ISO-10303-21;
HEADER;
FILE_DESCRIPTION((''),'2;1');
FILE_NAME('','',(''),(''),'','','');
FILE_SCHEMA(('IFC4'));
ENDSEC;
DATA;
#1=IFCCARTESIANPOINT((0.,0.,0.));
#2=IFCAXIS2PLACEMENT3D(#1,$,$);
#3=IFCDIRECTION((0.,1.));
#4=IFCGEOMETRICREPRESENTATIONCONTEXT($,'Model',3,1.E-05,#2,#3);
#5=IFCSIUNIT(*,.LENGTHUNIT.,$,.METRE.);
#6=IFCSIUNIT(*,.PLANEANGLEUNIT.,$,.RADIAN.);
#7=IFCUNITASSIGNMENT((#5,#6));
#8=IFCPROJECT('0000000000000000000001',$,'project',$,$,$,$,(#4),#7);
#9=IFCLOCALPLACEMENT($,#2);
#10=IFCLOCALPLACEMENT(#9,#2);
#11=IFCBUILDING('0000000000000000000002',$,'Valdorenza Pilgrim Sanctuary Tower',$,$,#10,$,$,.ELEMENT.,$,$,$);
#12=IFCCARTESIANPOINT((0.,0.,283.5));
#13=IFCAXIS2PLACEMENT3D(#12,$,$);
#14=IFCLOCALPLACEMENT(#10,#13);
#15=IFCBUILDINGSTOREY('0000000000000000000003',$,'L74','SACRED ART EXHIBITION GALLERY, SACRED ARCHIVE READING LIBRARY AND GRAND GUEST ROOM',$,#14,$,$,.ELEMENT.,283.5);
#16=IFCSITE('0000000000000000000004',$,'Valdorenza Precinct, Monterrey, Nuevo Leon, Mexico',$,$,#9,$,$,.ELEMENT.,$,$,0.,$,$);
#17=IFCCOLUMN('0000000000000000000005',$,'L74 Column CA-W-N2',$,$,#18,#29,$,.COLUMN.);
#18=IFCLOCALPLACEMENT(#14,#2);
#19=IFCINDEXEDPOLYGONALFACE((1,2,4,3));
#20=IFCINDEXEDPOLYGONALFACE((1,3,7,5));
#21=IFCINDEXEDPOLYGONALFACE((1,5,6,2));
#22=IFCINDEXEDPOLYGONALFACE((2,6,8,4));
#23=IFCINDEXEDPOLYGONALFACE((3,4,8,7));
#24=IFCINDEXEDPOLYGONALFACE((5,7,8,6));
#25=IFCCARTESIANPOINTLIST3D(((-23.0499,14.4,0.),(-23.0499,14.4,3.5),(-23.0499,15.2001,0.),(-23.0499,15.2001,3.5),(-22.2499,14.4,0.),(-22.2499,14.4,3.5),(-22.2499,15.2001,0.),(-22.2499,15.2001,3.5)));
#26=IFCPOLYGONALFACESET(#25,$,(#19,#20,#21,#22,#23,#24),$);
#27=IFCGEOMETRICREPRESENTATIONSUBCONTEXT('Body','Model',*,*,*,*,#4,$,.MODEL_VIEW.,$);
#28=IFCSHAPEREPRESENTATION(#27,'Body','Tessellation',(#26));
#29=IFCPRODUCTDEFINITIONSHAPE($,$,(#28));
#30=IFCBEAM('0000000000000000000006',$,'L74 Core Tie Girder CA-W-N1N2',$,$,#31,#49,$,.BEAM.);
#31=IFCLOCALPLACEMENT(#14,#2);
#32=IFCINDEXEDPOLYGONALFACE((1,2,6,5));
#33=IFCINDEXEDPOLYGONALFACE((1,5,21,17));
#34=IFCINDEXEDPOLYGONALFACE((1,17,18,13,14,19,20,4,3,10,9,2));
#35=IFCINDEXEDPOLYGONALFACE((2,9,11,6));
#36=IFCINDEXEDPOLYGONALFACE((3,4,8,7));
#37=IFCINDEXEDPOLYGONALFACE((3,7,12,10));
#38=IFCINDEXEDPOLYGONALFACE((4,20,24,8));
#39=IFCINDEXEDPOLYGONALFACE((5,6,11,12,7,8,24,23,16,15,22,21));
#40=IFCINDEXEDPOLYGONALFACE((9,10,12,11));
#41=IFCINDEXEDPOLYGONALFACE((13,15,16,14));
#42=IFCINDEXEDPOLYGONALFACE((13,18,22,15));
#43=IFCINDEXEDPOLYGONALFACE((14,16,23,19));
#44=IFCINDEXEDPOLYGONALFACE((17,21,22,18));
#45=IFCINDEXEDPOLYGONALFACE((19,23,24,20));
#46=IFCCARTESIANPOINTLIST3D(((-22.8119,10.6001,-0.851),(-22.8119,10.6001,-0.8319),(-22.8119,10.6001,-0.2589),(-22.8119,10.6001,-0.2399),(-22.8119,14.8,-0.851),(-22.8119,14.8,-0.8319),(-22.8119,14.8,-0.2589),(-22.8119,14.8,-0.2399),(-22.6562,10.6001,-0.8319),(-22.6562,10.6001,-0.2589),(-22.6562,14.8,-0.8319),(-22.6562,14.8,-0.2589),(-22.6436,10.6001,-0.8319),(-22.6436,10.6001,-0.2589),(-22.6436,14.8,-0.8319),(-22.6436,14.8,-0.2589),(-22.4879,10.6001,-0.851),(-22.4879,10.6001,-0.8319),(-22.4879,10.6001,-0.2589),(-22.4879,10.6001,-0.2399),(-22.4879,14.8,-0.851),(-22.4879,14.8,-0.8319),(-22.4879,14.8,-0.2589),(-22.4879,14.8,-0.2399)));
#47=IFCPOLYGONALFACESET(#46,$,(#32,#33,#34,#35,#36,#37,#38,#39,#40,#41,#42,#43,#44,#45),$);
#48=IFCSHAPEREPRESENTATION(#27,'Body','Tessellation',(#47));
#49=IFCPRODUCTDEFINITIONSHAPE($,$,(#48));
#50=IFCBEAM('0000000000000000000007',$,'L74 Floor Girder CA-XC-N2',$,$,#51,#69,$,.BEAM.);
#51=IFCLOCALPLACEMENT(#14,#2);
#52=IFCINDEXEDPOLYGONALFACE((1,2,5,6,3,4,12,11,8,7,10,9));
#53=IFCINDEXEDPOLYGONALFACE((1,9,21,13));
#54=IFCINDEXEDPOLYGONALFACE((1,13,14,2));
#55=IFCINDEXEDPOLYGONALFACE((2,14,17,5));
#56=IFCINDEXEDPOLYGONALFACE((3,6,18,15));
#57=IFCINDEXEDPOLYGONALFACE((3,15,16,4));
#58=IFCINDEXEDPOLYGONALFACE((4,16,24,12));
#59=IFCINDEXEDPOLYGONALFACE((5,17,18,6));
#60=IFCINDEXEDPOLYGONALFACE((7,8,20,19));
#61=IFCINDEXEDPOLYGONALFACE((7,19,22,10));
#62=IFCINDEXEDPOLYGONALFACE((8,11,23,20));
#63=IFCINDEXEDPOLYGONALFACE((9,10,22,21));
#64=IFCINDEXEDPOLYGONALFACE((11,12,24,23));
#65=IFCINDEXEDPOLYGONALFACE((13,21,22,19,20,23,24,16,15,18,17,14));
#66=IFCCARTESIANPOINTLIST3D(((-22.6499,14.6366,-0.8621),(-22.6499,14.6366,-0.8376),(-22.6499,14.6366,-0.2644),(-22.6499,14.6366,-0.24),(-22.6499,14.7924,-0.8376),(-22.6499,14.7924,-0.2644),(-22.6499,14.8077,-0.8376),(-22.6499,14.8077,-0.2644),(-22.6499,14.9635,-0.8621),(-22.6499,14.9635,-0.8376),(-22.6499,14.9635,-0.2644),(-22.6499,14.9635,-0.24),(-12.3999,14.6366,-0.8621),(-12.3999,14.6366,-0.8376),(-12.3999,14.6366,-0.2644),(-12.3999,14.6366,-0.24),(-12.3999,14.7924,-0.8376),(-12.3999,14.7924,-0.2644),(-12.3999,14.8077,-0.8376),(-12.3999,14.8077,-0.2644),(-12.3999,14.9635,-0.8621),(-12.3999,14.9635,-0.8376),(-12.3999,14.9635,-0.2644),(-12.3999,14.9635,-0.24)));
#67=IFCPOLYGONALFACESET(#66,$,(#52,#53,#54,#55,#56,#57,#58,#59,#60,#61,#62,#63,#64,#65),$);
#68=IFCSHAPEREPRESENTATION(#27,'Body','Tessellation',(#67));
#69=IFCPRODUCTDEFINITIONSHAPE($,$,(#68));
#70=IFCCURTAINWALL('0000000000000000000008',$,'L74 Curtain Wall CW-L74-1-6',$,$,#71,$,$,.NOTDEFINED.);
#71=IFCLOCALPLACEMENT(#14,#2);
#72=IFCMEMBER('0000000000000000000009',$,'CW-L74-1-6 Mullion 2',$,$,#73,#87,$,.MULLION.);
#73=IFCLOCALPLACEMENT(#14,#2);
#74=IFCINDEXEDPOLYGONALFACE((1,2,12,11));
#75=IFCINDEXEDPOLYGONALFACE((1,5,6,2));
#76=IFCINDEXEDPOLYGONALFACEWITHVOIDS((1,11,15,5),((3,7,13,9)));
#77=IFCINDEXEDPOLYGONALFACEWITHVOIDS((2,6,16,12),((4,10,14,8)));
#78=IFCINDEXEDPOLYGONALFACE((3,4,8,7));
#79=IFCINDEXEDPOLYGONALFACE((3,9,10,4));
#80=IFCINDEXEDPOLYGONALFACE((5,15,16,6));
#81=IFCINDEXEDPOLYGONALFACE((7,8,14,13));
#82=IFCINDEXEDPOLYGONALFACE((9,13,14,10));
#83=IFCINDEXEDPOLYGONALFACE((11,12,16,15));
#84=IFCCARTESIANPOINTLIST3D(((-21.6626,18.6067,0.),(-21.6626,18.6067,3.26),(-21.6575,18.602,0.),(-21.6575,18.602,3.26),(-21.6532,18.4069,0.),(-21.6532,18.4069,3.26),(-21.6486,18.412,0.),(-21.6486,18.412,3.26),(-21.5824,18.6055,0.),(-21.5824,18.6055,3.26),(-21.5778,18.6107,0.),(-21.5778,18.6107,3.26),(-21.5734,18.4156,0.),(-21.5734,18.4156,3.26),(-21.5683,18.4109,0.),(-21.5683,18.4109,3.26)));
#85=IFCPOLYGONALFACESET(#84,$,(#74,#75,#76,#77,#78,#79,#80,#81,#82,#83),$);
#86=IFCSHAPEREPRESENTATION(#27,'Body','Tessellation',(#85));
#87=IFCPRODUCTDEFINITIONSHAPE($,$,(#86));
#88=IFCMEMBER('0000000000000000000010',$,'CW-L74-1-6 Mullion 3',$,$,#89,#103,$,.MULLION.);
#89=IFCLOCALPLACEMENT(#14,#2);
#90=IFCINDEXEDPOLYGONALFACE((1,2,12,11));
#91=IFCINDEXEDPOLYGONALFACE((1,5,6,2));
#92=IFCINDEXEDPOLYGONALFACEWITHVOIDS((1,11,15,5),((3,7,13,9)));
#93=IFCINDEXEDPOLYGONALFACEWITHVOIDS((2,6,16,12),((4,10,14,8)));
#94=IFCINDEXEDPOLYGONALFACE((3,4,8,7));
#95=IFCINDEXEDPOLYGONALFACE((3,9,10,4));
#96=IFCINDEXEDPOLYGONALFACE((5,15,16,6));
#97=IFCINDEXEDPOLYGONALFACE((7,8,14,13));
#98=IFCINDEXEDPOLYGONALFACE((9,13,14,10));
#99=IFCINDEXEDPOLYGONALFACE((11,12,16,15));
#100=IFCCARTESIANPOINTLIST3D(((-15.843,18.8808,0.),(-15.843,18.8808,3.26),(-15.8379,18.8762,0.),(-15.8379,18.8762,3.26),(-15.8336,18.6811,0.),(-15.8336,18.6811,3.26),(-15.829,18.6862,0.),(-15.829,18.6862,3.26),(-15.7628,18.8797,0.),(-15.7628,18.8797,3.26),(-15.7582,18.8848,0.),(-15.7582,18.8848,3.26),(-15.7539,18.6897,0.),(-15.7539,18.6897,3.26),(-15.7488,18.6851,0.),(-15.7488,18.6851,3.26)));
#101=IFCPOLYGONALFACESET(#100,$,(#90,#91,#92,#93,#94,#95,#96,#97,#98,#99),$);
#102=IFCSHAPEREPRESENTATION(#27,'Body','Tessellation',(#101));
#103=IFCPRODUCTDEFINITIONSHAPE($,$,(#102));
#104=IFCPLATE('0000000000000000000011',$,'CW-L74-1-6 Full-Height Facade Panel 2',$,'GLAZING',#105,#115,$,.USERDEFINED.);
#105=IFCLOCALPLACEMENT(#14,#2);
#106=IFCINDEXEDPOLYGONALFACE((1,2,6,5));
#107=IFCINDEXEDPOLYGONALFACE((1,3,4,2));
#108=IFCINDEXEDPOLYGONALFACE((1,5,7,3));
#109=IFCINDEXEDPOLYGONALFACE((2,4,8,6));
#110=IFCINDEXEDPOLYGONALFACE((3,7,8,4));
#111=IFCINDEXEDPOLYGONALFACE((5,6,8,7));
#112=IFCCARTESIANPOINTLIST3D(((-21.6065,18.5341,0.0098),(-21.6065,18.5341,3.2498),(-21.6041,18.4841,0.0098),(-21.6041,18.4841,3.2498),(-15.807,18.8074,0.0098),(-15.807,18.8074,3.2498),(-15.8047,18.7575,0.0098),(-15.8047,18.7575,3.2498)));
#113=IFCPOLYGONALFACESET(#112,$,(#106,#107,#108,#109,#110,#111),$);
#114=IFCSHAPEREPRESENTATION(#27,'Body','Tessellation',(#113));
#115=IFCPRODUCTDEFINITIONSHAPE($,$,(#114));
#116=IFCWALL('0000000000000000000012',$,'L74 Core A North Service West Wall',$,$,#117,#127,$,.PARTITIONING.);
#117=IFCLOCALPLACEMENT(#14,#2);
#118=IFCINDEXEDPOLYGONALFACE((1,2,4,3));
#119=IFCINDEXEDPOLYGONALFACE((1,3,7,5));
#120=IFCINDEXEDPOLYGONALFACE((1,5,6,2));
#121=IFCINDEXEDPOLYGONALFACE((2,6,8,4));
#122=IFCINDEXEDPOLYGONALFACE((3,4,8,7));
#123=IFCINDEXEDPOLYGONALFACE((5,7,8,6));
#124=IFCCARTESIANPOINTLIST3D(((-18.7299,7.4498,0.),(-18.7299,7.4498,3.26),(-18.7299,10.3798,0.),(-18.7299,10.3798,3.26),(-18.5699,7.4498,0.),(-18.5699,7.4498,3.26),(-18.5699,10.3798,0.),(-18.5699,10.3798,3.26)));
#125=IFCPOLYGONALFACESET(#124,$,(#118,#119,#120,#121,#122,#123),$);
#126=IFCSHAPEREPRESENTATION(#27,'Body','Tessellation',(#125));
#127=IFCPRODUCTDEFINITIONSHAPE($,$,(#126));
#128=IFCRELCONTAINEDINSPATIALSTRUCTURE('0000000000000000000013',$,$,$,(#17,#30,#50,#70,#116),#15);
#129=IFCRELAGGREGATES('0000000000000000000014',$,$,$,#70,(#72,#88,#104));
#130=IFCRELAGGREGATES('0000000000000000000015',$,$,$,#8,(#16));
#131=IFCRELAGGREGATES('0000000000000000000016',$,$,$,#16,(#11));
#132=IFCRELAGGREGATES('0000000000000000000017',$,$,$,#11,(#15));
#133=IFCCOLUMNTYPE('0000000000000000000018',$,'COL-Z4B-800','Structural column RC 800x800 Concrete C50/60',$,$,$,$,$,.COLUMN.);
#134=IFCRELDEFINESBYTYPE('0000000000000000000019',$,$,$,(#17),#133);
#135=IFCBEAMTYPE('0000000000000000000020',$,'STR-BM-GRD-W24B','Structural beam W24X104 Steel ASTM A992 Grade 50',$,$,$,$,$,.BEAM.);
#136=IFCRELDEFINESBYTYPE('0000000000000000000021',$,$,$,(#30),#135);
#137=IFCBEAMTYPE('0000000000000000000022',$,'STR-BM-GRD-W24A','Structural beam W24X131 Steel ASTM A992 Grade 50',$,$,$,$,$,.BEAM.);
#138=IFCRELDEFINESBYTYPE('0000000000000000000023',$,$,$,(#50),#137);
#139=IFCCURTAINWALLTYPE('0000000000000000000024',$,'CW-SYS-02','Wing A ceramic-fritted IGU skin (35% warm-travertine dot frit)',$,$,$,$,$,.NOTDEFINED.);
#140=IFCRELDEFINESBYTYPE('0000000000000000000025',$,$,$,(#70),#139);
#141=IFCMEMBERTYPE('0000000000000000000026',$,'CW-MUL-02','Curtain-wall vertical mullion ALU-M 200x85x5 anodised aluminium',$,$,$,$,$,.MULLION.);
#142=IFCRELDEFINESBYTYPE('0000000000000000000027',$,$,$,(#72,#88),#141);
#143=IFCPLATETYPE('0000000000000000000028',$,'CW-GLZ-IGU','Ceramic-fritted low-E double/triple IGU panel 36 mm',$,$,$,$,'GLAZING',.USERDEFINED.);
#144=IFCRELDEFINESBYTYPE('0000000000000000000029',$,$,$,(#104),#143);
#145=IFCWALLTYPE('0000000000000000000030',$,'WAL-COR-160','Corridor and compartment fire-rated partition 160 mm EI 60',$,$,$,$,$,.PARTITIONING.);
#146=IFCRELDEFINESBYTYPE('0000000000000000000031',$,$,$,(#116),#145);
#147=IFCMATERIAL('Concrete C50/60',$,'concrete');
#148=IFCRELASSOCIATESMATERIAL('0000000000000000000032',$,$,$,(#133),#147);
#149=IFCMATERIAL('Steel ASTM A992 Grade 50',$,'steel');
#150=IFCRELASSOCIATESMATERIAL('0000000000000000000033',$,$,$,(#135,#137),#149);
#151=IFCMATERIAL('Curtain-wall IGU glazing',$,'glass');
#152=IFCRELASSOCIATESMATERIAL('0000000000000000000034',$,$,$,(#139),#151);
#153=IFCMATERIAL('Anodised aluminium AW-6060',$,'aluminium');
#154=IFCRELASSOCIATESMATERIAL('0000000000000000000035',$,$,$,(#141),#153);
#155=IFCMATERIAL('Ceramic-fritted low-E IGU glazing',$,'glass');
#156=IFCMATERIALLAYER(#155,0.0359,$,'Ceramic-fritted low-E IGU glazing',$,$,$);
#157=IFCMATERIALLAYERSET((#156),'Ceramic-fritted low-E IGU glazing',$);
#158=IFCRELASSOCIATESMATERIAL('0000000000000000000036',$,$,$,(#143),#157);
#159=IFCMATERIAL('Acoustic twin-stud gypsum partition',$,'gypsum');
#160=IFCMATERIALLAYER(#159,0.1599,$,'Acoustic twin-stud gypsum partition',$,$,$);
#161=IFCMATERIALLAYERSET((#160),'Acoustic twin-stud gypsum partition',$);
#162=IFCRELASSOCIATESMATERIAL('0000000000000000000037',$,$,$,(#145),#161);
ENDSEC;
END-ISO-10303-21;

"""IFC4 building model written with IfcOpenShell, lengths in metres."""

from ifc_helpers import new_model, si_unit, direction, frame, frame_2d, origin, origin_2d, place, context, subcontext, project, spatial, rectangle, hollow_rectangle, i_section, extrude, source, transform, mapped, material, layer, layer_set, material_profile, profile_set, type_object, element, aggregate, save


model = new_model("IFC4")

# Units and contexts
model_context = context("Model", 3, precision=1e-05, world=origin(), true_north=direction((0.0, 1.0)))
body_context = subcontext(model_context, "Body", "Model", "MODEL_VIEW")
ifc_project = project(units=[si_unit("LENGTHUNIT", "METRE"), si_unit("PLANEANGLEUNIT", "RADIAN")], contexts=[model_context])

# Site, building, storey
site_placement = place(None, origin())
site = spatial("IfcSite", under=ifc_project, at=site_placement, Name="Valdorenza Precinct, Monterrey, Nuevo Leon, Mexico", CompositionType="ELEMENT", RefElevation=0.0)
building_placement = place(site_placement, origin())
building = spatial("IfcBuilding", under=site, at=building_placement, Name="Valdorenza Pilgrim Sanctuary Tower", CompositionType="ELEMENT")
storey_placement = place(building_placement, frame((0.0, 0.0, 283.5)))
storey = spatial("IfcBuildingStorey", under=building, at=storey_placement, Name="L74", Description="SACRED ART EXHIBITION GALLERY, SACRED ARCHIVE READING LIBRARY AND GRAND GUEST ROOM", CompositionType="ELEMENT", Elevation=283.5)

# Column
ifc_material_1 = material(Name="Concrete C50/60", Category="concrete")
ifc_material_profile_1 = material_profile(ifc_material_1, rectangle(XDim=0.8, YDim=0.8, at=origin_2d()), Name="RC 800x800")
ifc_profile_set_1 = profile_set([ifc_material_profile_1], Name="Concrete C50/60")
column_type = type_object("IfcColumnType", Name="COL-Z4B-800", Description="Structural column RC 800x800 Concrete C50/60", PredefinedType="COLUMN", material=ifc_profile_set_1)
shared_shape_1 = source(origin(), body_context, "Body", "SweptSolid", [
    extrude(rectangle(XDim=0.8, YDim=0.8, at=origin_2d()), origin(), (0.0, 0.0, 1.0), 3.5),
])
column_placement = place(storey_placement, frame((-22.6499, 14.8, 0.0), z_axis=(0.0, 0.0, 1.0), x_axis=(1.0, 0.0, 0.0)))
element("IfcColumn", 1, at=column_placement, inside=storey, type_object=column_type, Name="L74 Column CA-W-N2", PredefinedType="COLUMN", context=body_context, shape_type="MappedRepresentation", body=[
    mapped(shared_shape_1, transform((0.0, 0.0, 0.0), x_axis=(1.0, 0.0, 0.0), y_axis=(0.0, 1.0, 0.0), z_axis=(0.0, 0.0, 1.0), scale=1.0)),
])

# Beams
ifc_material_2 = material(Name="Steel ASTM A992 Grade 50", Category="steel")
ifc_material_profile_2 = material_profile(ifc_material_2, i_section(OverallWidth=0.324, OverallDepth=0.6111, WebThickness=0.0127, FlangeThickness=0.019, at=origin_2d()), Name="W24X104")
ifc_profile_set_2 = profile_set([ifc_material_profile_2], Name="Steel ASTM A992 Grade 50")
beam_type_1 = type_object("IfcBeamType", Name="STR-BM-GRD-W24B", Description="Structural beam W24X104 Steel ASTM A992 Grade 50", PredefinedType="BEAM", material=ifc_profile_set_2)
shared_shape_2 = source(origin(), body_context, "Body", "SweptSolid", [
    extrude(i_section(OverallWidth=0.324, OverallDepth=0.6111, WebThickness=0.0127, FlangeThickness=0.019, at=origin_2d()), origin(), (0.0, 0.0, 1.0), 4.2),
])
beam_1_placement = place(storey_placement, frame((-22.6499, 10.6001, -0.5454), z_axis=(0.0, 1.0, 0.0), x_axis=(-1.0, 0.0, 0.0)))
element("IfcBeam", 2, at=beam_1_placement, inside=storey, type_object=beam_type_1, Name="L74 Core Tie Girder CA-W-N1N2", PredefinedType="BEAM", context=body_context, shape_type="MappedRepresentation", body=[
    mapped(shared_shape_2, transform((0.0, 0.0, 0.0), x_axis=(1.0, 0.0, 0.0), y_axis=(0.0, 1.0, 0.0), z_axis=(0.0, 0.0, 1.0), scale=1.0)),
])
ifc_material_profile_3 = material_profile(ifc_material_2, i_section(OverallWidth=0.3269, OverallDepth=0.6221, WebThickness=0.0154, FlangeThickness=0.0244, at=origin_2d()), Name="W24X131")
ifc_profile_set_3 = profile_set([ifc_material_profile_3], Name="Steel ASTM A992 Grade 50")
beam_type_2 = type_object("IfcBeamType", Name="STR-BM-GRD-W24A", Description="Structural beam W24X131 Steel ASTM A992 Grade 50", PredefinedType="BEAM", material=ifc_profile_set_3)
shared_shape_3 = source(origin(), body_context, "Body", "SweptSolid", [
    extrude(i_section(OverallWidth=0.3269, OverallDepth=0.6221, WebThickness=0.0154, FlangeThickness=0.0244, at=origin_2d()), origin(), (0.0, 0.0, 1.0), 10.25),
])
beam_2_placement = place(storey_placement, frame((-22.6499, 14.8, -0.551), z_axis=(1.0, 0.0, 0.0), x_axis=(0.0, 1.0, 0.0)))
element("IfcBeam", 3, at=beam_2_placement, inside=storey, type_object=beam_type_2, Name="L74 Floor Girder CA-XC-N2", PredefinedType="BEAM", context=body_context, shape_type="MappedRepresentation", body=[
    mapped(shared_shape_3, transform((0.0, 0.0, 0.0), x_axis=(1.0, 0.0, 0.0), y_axis=(0.0, 1.0, 0.0), z_axis=(0.0, 0.0, 1.0), scale=1.0)),
])

# Curtain wall, members, plate
ifc_material_3 = material(Name="Curtain-wall IGU glazing", Category="glass")
curtain_wall_type = type_object("IfcCurtainWallType", Name="CW-SYS-02", Description="Wing A ceramic-fritted IGU skin (35% warm-travertine dot frit)", PredefinedType="NOTDEFINED", material=ifc_material_3)
curtain_wall_placement = place(storey_placement, origin())
curtain_wall = element("IfcCurtainWall", 4, at=curtain_wall_placement, inside=storey, type_object=curtain_wall_type, Name="L74 Curtain Wall CW-L74-1-6", PredefinedType="NOTDEFINED")
ifc_material_4 = material(Name="Anodised aluminium AW-6060", Category="aluminium")
ifc_material_profile_4 = material_profile(ifc_material_4, hollow_rectangle(XDim=0.085, YDim=0.2, WallThickness=0.0049, at=origin_2d()), Name="ALU-M 200x85x5")
ifc_profile_set_4 = profile_set([ifc_material_profile_4], Name="Anodised aluminium AW-6060")
member_type = type_object("IfcMemberType", Name="CW-MUL-02", Description="Curtain-wall vertical mullion ALU-M 200x85x5 anodised aluminium", PredefinedType="MULLION", material=ifc_profile_set_4)
shared_shape_4 = source(origin(), body_context, "Body", "SweptSolid", [
    extrude(hollow_rectangle(XDim=0.085, YDim=0.2, WallThickness=0.0049, at=origin_2d()), origin(), (0.0, 0.0, 1.0), 3.26),
])
member_1_placement = place(storey_placement, frame((-21.6155, 18.5088, 0.0), z_axis=(0.0, 0.0, 1.0), x_axis=(0.998891, 0.047089, 0.0)))
member_1 = element("IfcMember", 5, at=member_1_placement, type_object=member_type, Name="CW-L74-1-6 Mullion 2", PredefinedType="MULLION", context=body_context, shape_type="MappedRepresentation", body=[
    mapped(shared_shape_4, transform((0.0, 0.0, 0.0), x_axis=(1.0, 0.0, 0.0), y_axis=(0.0, 1.0, 0.0), z_axis=(0.0, 0.0, 1.0), scale=1.0)),
])
member_2_placement = place(storey_placement, frame((-15.7959, 18.783, 0.0), z_axis=(0.0, 0.0, 1.0), x_axis=(0.998891, 0.047089, 0.0)))
member_2 = element("IfcMember", 6, at=member_2_placement, type_object=member_type, Name="CW-L74-1-6 Mullion 3", PredefinedType="MULLION", context=body_context, shape_type="MappedRepresentation", body=[
    mapped(shared_shape_4, transform((0.0, 0.0, 0.0), x_axis=(1.0, 0.0, 0.0), y_axis=(0.0, 1.0, 0.0), z_axis=(0.0, 0.0, 1.0), scale=1.0)),
])
ifc_material_5 = material(Name="Ceramic-fritted low-E IGU glazing", Category="glass")
ifc_layer_1 = layer(ifc_material_5, 0.0359, Name="Ceramic-fritted low-E IGU glazing")
ifc_layer_set_1 = layer_set([ifc_layer_1], Name="Ceramic-fritted low-E IGU glazing")
plate_type = type_object("IfcPlateType", Name="CW-GLZ-IGU", Description="Ceramic-fritted low-E double/triple IGU panel 36 mm", ElementType="GLAZING", PredefinedType="USERDEFINED", material=ifc_layer_set_1)
shared_shape_5 = source(origin(), body_context, "Body", "SweptSolid", [
    extrude(rectangle(XDim=5.8059, YDim=0.05, at=origin_2d()), origin(), (0.0, 0.0, 1.0), 3.24),
])
plate_placement = place(storey_placement, frame((-18.7056, 18.6458, 0.0098), z_axis=(0.0, 0.0, 1.0), x_axis=(0.998891, 0.047089, 0.0)))
plate = element("IfcPlate", 7, at=plate_placement, type_object=plate_type, Name="CW-L74-1-6 Full-Height Facade Panel 2", ObjectType="GLAZING", PredefinedType="USERDEFINED", context=body_context, shape_type="MappedRepresentation", body=[
    mapped(shared_shape_5, transform((0.0, 0.0, 0.0), x_axis=(1.0, 0.0, 0.0), y_axis=(0.0, 1.0, 0.0), z_axis=(0.0, 0.0, 1.0), scale=1.0)),
])
aggregate(curtain_wall, [member_1, member_2, plate])

# Wall
ifc_material_6 = material(Name="Acoustic twin-stud gypsum partition", Category="gypsum")
ifc_layer_2 = layer(ifc_material_6, 0.1599, Name="Acoustic twin-stud gypsum partition")
ifc_layer_set_2 = layer_set([ifc_layer_2], Name="Acoustic twin-stud gypsum partition")
wall_type_1 = type_object("IfcWallType", Name="WAL-COR-160", Description="Corridor and compartment fire-rated partition 160 mm EI 60", PredefinedType="PARTITIONING", material=ifc_layer_set_2)
wall_1_placement = place(storey_placement, frame((-18.6499, 7.45, 0.0), z_axis=(0.0, 0.0, 1.0), x_axis=(0.0, 1.0, 0.0)))
element("IfcWall", 8, at=wall_1_placement, inside=storey, type_object=wall_type_1, Name="L74 Core A North Service West Wall", PredefinedType="PARTITIONING", context=body_context, shape_type="SweptSolid", body=[
    extrude(rectangle(XDim=2.9299, YDim=0.1599, at=frame_2d((1.4648, 0.0))), origin(), (0.0, 0.0, 1.0), 3.26),
])

save(model, "model.ifc")
